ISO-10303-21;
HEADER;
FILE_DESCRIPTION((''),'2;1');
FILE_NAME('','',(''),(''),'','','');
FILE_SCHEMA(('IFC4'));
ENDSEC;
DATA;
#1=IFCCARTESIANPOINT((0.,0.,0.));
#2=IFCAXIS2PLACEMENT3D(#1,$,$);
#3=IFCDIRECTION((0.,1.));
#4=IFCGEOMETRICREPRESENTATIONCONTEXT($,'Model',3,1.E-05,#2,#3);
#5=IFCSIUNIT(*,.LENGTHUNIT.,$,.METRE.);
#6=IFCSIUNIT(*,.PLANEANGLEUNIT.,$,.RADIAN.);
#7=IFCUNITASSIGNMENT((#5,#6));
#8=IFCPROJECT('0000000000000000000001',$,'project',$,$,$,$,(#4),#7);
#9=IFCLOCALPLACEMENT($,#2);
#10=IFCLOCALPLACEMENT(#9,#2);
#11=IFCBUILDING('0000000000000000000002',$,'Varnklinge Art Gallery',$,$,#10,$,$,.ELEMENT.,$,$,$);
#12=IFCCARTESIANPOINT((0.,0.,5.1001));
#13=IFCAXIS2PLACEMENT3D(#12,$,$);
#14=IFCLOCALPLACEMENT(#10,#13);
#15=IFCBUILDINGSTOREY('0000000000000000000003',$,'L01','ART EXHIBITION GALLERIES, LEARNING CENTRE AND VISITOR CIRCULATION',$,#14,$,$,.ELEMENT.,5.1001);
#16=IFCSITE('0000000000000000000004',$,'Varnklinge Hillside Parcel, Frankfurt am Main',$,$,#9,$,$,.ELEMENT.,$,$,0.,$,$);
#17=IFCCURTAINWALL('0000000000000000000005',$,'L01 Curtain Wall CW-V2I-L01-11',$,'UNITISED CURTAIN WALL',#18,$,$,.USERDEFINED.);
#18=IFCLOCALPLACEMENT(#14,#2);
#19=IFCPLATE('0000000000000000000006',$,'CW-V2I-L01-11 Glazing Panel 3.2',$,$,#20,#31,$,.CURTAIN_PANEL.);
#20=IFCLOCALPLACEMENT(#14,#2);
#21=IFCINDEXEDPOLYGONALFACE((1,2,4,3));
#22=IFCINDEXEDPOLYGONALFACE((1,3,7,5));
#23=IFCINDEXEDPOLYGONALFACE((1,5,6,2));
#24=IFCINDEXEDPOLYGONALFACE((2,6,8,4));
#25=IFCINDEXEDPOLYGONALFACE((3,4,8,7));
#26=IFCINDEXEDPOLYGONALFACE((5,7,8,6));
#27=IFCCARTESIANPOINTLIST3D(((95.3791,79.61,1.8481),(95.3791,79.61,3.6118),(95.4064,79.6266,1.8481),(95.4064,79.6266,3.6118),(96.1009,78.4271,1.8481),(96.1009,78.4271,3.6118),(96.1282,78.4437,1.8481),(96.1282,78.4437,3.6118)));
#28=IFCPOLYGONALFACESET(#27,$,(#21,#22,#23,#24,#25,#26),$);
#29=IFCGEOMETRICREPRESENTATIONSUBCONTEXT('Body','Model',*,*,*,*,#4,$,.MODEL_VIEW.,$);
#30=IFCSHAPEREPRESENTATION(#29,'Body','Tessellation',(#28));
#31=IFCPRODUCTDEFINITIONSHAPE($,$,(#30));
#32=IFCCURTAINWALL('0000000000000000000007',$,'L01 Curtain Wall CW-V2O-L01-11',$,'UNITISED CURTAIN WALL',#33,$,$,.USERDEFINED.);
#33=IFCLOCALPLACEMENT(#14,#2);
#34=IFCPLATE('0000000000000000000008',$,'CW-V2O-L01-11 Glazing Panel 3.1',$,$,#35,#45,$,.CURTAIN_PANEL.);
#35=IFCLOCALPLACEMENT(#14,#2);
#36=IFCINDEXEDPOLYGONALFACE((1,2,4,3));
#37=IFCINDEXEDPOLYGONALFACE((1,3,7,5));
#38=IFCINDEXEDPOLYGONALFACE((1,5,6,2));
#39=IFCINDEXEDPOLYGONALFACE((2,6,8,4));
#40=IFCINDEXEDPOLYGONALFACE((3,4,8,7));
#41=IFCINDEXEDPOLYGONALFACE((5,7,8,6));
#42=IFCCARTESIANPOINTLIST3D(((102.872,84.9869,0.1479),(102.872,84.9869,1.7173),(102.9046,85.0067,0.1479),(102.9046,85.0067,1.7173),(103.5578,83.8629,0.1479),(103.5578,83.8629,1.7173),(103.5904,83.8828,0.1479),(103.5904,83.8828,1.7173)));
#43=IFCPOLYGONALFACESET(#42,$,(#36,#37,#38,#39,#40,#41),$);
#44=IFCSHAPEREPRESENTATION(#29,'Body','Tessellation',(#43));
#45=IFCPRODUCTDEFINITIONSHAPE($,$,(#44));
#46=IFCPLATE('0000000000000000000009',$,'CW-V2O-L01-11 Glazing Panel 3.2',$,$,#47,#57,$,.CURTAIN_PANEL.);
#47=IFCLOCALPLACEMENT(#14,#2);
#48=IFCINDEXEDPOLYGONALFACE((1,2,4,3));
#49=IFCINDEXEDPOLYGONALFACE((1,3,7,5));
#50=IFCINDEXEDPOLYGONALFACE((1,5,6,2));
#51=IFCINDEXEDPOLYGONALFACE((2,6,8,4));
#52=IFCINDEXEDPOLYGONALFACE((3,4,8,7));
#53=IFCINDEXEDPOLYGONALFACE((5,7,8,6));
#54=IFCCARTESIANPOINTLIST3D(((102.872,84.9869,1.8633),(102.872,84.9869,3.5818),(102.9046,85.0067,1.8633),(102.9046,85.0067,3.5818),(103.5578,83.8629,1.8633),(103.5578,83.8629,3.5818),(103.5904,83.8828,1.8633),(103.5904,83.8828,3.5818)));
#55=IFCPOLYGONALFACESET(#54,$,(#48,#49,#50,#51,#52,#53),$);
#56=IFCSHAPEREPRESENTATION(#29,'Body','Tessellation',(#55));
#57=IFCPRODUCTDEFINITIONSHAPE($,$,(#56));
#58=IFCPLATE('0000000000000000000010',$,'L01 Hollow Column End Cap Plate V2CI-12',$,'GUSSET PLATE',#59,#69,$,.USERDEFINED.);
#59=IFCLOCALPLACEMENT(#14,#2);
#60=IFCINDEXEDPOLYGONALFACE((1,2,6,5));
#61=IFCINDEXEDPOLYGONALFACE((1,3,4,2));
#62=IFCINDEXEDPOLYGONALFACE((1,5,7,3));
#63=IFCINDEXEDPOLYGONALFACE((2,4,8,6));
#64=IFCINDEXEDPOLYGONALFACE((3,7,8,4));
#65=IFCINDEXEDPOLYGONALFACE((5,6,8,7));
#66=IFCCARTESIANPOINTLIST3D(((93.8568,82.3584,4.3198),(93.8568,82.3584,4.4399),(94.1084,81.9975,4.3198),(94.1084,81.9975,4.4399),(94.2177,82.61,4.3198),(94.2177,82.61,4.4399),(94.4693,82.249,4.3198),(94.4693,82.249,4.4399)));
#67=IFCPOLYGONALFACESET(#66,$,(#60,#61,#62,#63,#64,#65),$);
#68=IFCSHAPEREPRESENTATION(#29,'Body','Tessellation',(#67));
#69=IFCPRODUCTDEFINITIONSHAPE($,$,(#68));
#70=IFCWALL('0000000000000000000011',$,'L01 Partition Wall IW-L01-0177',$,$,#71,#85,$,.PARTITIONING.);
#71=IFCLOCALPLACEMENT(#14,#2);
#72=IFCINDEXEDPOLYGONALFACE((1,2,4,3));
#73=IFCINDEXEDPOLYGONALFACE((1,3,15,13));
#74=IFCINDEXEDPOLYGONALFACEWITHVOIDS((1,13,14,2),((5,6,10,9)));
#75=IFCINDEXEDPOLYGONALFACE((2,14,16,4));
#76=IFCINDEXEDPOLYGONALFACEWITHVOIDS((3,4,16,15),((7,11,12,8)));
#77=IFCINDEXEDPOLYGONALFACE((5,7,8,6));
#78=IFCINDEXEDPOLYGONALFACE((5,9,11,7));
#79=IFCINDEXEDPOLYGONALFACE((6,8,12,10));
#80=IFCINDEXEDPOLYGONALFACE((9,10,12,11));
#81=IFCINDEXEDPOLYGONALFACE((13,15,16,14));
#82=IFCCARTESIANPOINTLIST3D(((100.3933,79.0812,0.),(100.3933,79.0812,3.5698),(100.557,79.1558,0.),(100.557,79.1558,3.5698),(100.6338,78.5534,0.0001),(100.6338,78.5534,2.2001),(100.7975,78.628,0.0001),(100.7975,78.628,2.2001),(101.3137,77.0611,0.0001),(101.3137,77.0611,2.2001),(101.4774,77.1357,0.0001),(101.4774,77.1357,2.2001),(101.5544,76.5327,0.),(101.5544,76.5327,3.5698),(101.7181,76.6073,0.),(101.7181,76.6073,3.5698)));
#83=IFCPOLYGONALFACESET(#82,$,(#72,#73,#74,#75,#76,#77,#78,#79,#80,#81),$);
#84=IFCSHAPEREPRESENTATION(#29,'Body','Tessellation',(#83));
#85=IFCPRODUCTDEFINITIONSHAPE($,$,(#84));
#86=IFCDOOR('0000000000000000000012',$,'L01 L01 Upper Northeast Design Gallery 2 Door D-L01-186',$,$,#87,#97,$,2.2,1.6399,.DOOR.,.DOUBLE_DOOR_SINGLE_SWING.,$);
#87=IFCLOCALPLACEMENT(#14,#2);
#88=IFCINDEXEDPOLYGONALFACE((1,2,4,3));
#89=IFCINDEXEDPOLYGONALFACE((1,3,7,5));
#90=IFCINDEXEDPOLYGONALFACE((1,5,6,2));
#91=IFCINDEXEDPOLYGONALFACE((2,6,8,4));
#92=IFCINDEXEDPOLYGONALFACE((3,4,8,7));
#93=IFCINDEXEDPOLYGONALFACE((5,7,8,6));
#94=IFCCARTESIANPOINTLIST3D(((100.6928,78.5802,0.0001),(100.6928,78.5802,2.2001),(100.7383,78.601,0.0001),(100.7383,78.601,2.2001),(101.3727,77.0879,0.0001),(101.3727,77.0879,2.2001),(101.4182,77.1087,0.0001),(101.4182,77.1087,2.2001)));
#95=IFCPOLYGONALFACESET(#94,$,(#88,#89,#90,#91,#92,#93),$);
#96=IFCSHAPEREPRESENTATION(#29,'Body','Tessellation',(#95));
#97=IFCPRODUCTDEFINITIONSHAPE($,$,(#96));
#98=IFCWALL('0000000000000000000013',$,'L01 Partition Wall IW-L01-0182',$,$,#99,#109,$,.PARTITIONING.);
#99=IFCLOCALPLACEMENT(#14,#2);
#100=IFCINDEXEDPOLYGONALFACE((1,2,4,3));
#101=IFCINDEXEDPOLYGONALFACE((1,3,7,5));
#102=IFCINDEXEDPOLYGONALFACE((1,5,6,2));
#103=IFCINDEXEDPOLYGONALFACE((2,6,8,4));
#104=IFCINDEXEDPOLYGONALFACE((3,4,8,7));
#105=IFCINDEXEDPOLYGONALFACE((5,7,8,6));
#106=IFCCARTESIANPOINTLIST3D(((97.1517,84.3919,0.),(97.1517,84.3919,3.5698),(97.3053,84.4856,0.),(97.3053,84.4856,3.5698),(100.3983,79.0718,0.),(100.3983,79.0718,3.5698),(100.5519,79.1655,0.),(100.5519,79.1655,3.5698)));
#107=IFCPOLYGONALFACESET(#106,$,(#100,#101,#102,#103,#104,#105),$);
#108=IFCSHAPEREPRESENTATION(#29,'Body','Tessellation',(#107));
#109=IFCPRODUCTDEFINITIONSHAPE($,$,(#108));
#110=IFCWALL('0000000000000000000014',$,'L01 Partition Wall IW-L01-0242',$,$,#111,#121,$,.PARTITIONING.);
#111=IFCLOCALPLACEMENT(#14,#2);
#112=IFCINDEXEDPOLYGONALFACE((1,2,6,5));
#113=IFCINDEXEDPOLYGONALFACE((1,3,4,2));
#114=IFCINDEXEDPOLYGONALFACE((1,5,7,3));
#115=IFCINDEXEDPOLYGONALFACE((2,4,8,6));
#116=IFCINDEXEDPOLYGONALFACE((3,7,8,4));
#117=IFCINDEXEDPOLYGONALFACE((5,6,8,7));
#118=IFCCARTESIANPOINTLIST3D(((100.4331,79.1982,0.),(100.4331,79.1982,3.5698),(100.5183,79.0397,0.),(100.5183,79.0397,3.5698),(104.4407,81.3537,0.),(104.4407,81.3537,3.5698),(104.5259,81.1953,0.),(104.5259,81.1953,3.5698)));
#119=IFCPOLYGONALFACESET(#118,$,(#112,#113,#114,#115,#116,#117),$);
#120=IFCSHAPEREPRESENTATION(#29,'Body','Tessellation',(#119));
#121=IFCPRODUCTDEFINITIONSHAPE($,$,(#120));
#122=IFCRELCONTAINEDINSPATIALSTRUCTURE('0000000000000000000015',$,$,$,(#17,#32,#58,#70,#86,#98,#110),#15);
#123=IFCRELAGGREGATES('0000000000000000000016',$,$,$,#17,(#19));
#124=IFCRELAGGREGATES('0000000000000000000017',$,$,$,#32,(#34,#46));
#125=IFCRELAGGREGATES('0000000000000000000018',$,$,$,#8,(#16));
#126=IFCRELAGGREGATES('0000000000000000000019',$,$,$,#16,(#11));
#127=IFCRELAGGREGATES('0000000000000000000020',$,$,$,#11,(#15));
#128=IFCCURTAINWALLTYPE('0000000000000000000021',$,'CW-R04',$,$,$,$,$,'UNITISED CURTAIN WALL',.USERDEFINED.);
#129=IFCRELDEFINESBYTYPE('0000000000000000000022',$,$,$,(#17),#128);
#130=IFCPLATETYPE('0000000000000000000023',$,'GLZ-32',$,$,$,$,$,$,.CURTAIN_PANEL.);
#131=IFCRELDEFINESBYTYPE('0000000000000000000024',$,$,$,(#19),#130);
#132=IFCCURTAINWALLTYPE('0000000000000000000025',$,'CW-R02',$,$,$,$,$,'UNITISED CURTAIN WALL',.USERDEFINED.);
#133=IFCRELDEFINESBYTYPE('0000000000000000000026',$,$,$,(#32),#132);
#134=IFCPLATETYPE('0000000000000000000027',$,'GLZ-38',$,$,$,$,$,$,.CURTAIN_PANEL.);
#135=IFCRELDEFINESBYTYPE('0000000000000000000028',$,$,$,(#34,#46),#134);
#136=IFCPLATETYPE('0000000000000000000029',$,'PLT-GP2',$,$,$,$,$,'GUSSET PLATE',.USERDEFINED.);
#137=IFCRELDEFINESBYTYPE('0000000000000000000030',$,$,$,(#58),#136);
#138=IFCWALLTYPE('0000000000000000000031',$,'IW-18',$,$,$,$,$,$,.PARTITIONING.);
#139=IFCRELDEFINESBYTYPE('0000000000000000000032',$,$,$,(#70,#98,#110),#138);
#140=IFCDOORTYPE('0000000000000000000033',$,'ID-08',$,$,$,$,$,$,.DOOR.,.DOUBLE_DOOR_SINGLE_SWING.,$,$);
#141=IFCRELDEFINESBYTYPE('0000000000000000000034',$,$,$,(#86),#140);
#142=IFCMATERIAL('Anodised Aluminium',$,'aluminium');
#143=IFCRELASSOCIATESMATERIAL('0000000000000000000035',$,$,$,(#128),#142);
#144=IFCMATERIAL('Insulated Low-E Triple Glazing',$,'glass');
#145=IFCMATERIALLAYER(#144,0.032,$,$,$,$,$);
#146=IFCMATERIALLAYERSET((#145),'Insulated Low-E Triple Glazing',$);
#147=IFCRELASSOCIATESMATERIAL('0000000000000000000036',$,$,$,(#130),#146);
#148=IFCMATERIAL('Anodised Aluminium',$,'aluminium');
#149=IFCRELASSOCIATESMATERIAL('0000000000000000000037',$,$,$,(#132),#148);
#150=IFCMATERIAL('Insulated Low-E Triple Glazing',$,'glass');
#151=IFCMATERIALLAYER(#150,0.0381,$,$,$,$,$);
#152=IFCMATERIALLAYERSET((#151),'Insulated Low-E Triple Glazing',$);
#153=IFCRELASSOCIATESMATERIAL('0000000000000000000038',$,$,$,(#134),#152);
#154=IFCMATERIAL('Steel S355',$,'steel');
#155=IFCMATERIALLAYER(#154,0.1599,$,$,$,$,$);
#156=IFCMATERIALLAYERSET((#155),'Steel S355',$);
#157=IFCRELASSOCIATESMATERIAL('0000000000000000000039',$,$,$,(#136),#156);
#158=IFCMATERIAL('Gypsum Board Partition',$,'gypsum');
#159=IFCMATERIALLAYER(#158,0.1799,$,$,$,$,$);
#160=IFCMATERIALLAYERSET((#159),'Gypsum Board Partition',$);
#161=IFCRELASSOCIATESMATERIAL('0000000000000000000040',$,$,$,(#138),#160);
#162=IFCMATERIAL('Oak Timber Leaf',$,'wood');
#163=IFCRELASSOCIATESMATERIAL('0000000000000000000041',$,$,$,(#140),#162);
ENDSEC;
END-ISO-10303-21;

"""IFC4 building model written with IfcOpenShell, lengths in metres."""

from ifc_helpers import new_model, si_unit, direction, frame, frame_2d, origin, origin_2d, place, context, subcontext, project, spatial, rectangle, extrude, material, layer, layer_set, type_object, element, fill, aggregate, save


model = new_model("IFC4")

# Units and contexts
model_context = context("Model", 3, precision=1e-05, world=origin(), true_north=direction((0.0, 1.0)))
body_context = subcontext(model_context, "Body", "Model", "MODEL_VIEW")
ifc_project = project(units=[si_unit("LENGTHUNIT", "METRE"), si_unit("PLANEANGLEUNIT", "RADIAN")], contexts=[model_context])

# Site, building, storey
site_placement = place(None, origin())
site = spatial("IfcSite", under=ifc_project, at=site_placement, Name="Varnklinge Hillside Parcel, Frankfurt am Main", CompositionType="ELEMENT", RefElevation=0.0)
building_placement = place(site_placement, origin())
building = spatial("IfcBuilding", under=site, at=building_placement, Name="Varnklinge Art Gallery", CompositionType="ELEMENT")
storey_placement = place(building_placement, frame((0.0, 0.0, 5.1001)))
storey = spatial("IfcBuildingStorey", under=building, at=storey_placement, Name="L01", Description="ART EXHIBITION GALLERIES, LEARNING CENTRE AND VISITOR CIRCULATION", CompositionType="ELEMENT", Elevation=5.1001)

# Curtain wall
ifc_material_1 = material(Name="Anodised Aluminium", Category="aluminium")
curtain_wall_type_1 = type_object("IfcCurtainWallType", Name="CW-R04", ElementType="UNITISED CURTAIN WALL", PredefinedType="USERDEFINED", material=ifc_material_1)
curtain_wall_1_placement = place(storey_placement, origin())
curtain_wall_1 = element("IfcCurtainWall", 1, at=curtain_wall_1_placement, inside=storey, type_object=curtain_wall_type_1, Name="L01 Curtain Wall CW-V2I-L01-11", ObjectType="UNITISED CURTAIN WALL", PredefinedType="USERDEFINED")

# Plate
ifc_material_2 = material(Name="Insulated Low-E Triple Glazing", Category="glass")
ifc_layer_1 = layer(ifc_material_2, 0.032)
ifc_layer_set_1 = layer_set([ifc_layer_1], Name="Insulated Low-E Triple Glazing")
plate_type_1 = type_object("IfcPlateType", Name="GLZ-32", PredefinedType="CURTAIN_PANEL", material=ifc_layer_set_1)
plate_1_placement = place(storey_placement, frame((95.7537, 79.0269, 1.8481), z_axis=(0.0, 0.0, 1.0), x_axis=(0.520861, -0.853642, 0.0)))
plate_1 = element("IfcPlate", 2, at=plate_1_placement, type_object=plate_type_1, Name="CW-V2I-L01-11 Glazing Panel 3.2", PredefinedType="CURTAIN_PANEL", context=body_context, shape_type="SweptSolid", body=[
    extrude(rectangle(XDim=1.3857, YDim=0.032, at=origin_2d()), origin(), (0.0, 0.0, 1.0), 1.7637),
])
aggregate(curtain_wall_1, [plate_1])

# Curtain wall, plates
ifc_material_3 = material(Name="Anodised Aluminium", Category="aluminium")
curtain_wall_type_2 = type_object("IfcCurtainWallType", Name="CW-R02", ElementType="UNITISED CURTAIN WALL", PredefinedType="USERDEFINED", material=ifc_material_3)
curtain_wall_2_placement = place(storey_placement, origin())
curtain_wall_2 = element("IfcCurtainWall", 3, at=curtain_wall_2_placement, inside=storey, type_object=curtain_wall_type_2, Name="L01 Curtain Wall CW-V2O-L01-11", ObjectType="UNITISED CURTAIN WALL", PredefinedType="USERDEFINED")
ifc_material_4 = material(Name="Insulated Low-E Triple Glazing", Category="glass")
ifc_layer_2 = layer(ifc_material_4, 0.0381)
ifc_layer_set_2 = layer_set([ifc_layer_2], Name="Insulated Low-E Triple Glazing")
plate_type_2 = type_object("IfcPlateType", Name="GLZ-38", PredefinedType="CURTAIN_PANEL", material=ifc_layer_set_2)
plate_2_placement = place(storey_placement, frame((103.2312, 84.4348, 0.1479), z_axis=(0.0, 0.0, 1.0), x_axis=(-0.520861, 0.853642, 0.0)))
plate_2 = element("IfcPlate", 4, at=plate_2_placement, type_object=plate_type_2, Name="CW-V2O-L01-11 Glazing Panel 3.1", PredefinedType="CURTAIN_PANEL", context=body_context, shape_type="SweptSolid", body=[
    extrude(rectangle(XDim=1.3167, YDim=0.0381, at=origin_2d()), origin(), (0.0, 0.0, 1.0), 1.5693),
])
plate_3_placement = place(storey_placement, frame((103.2312, 84.4348, 1.8633), z_axis=(0.0, 0.0, 1.0), x_axis=(-0.520861, 0.853642, 0.0)))
plate_3 = element("IfcPlate", 5, at=plate_3_placement, type_object=plate_type_2, Name="CW-V2O-L01-11 Glazing Panel 3.2", PredefinedType="CURTAIN_PANEL", context=body_context, shape_type="SweptSolid", body=[
    extrude(rectangle(XDim=1.3167, YDim=0.0381, at=origin_2d()), origin(), (0.0, 0.0, 1.0), 1.7185),
])
aggregate(curtain_wall_2, [plate_2, plate_3])

# Plate
ifc_material_5 = material(Name="Steel S355", Category="steel")
ifc_layer_3 = layer(ifc_material_5, 0.1599)
ifc_layer_set_3 = layer_set([ifc_layer_3], Name="Steel S355")
plate_type_3 = type_object("IfcPlateType", Name="PLT-GP2", ElementType="GUSSET PLATE", PredefinedType="USERDEFINED", material=ifc_layer_set_3)
plate_4_placement = place(storey_placement, frame((94.1631, 82.3037, 4.3198), z_axis=(0.0, 0.0, 1.0), x_axis=(-0.820352, -0.57186, 0.0)))
element("IfcPlate", 6, at=plate_4_placement, inside=storey, type_object=plate_type_3, Name="L01 Hollow Column End Cap Plate V2CI-12", ObjectType="GUSSET PLATE", PredefinedType="USERDEFINED", context=body_context, shape_type="SweptSolid", body=[
    extrude(rectangle(XDim=0.4399, YDim=0.4399, at=origin_2d()), origin(), (0.0, 0.0, 1.0), 0.1201),
])

# Wall, opening, door
ifc_material_6 = material(Name="Gypsum Board Partition", Category="gypsum")
ifc_layer_4 = layer(ifc_material_6, 0.1799)
ifc_layer_set_4 = layer_set([ifc_layer_4], Name="Gypsum Board Partition")
wall_type = type_object("IfcWallType", Name="IW-18", PredefinedType="PARTITIONING", material=ifc_layer_set_4)
wall_1_placement = place(storey_placement, frame((100.4751, 79.1187, 0.0), z_axis=(0.0, 0.0, 1.0), x_axis=(0.414597, -0.910005, 0.0)))
wall_1 = element("IfcWall", 7, at=wall_1_placement, inside=storey, type_object=wall_type, Name="L01 Partition Wall IW-L01-0177", PredefinedType="PARTITIONING", context=body_context, shape_type="SweptSolid", body=[
    extrude(rectangle(XDim=2.8005, YDim=0.1799, at=frame_2d((1.4004, 0.0))), origin(), (0.0, 0.0, 1.0), 3.5698),
])
opening_placement = place(wall_1_placement, frame((0.5803, 0.0, 0.0)))
opening = element("IfcOpeningElement", 8, at=opening_placement, cuts=wall_1, PredefinedType="OPENING", context=body_context, shape_type="SweptSolid", body=[
    extrude(rectangle(XDim=1.6399, YDim=2.2, at=frame_2d((0.8198, 1.1001))), frame((0.0, 0.0999, 0.0), z_axis=(0.0, -1.0, 0.0), x_axis=(1.0, 0.0, 0.0)), (0.0, 0.0, 1.0), 0.2),
])
ifc_material_7 = material(Name="Oak Timber Leaf", Category="wood")
door_type = type_object("IfcDoorType", Name="ID-08", OperationType="DOUBLE_DOOR_SINGLE_SWING", PredefinedType="DOOR", material=ifc_material_7)
door_placement = place(opening_placement, origin())
door = element("IfcDoor", 9, at=door_placement, inside=storey, type_object=door_type, Name="L01 L01 Upper Northeast Design Gallery 2 Door D-L01-186", OperationType="DOUBLE_DOOR_SINGLE_SWING", OverallHeight=2.2, OverallWidth=1.6399, PredefinedType="DOOR", context=body_context, shape_type="SweptSolid", body=[
    extrude(rectangle(XDim=1.6399, YDim=2.2, at=frame_2d((0.8198, 1.1001))), frame((0.0, 0.0249, 0.0), z_axis=(0.0, -1.0, 0.0), x_axis=(1.0, 0.0, 0.0)), (0.0, 0.0, 1.0), 0.05),
])
fill(opening, door)

# Walls
wall_2_placement = place(storey_placement, frame((97.2285, 84.4387, 0.0), z_axis=(0.0, 0.0, 1.0), x_axis=(0.520916, -0.853608, 0.0)))
element("IfcWall", 10, at=wall_2_placement, inside=storey, type_object=wall_type, Name="L01 Partition Wall IW-L01-0182", PredefinedType="PARTITIONING", context=body_context, shape_type="SweptSolid", body=[
    extrude(rectangle(XDim=6.2324, YDim=0.1799, at=frame_2d((3.1162, 0.0))), origin(), (0.0, 0.0, 1.0), 3.5698),
])
wall_3_placement = place(storey_placement, frame((100.4756, 79.1189, 0.0), z_axis=(0.0, 0.0, 1.0), x_axis=(0.880692, 0.47369, 0.0)))
element("IfcWall", 11, at=wall_3_placement, inside=storey, type_object=wall_type, Name="L01 Partition Wall IW-L01-0242", PredefinedType="PARTITIONING", context=body_context, shape_type="SweptSolid", body=[
    extrude(rectangle(XDim=4.5505, YDim=0.1799, at=frame_2d((2.2754, 0.0))), origin(), (0.0, 0.0, 1.0), 3.5698),
])

save(model, "model.ifc")
